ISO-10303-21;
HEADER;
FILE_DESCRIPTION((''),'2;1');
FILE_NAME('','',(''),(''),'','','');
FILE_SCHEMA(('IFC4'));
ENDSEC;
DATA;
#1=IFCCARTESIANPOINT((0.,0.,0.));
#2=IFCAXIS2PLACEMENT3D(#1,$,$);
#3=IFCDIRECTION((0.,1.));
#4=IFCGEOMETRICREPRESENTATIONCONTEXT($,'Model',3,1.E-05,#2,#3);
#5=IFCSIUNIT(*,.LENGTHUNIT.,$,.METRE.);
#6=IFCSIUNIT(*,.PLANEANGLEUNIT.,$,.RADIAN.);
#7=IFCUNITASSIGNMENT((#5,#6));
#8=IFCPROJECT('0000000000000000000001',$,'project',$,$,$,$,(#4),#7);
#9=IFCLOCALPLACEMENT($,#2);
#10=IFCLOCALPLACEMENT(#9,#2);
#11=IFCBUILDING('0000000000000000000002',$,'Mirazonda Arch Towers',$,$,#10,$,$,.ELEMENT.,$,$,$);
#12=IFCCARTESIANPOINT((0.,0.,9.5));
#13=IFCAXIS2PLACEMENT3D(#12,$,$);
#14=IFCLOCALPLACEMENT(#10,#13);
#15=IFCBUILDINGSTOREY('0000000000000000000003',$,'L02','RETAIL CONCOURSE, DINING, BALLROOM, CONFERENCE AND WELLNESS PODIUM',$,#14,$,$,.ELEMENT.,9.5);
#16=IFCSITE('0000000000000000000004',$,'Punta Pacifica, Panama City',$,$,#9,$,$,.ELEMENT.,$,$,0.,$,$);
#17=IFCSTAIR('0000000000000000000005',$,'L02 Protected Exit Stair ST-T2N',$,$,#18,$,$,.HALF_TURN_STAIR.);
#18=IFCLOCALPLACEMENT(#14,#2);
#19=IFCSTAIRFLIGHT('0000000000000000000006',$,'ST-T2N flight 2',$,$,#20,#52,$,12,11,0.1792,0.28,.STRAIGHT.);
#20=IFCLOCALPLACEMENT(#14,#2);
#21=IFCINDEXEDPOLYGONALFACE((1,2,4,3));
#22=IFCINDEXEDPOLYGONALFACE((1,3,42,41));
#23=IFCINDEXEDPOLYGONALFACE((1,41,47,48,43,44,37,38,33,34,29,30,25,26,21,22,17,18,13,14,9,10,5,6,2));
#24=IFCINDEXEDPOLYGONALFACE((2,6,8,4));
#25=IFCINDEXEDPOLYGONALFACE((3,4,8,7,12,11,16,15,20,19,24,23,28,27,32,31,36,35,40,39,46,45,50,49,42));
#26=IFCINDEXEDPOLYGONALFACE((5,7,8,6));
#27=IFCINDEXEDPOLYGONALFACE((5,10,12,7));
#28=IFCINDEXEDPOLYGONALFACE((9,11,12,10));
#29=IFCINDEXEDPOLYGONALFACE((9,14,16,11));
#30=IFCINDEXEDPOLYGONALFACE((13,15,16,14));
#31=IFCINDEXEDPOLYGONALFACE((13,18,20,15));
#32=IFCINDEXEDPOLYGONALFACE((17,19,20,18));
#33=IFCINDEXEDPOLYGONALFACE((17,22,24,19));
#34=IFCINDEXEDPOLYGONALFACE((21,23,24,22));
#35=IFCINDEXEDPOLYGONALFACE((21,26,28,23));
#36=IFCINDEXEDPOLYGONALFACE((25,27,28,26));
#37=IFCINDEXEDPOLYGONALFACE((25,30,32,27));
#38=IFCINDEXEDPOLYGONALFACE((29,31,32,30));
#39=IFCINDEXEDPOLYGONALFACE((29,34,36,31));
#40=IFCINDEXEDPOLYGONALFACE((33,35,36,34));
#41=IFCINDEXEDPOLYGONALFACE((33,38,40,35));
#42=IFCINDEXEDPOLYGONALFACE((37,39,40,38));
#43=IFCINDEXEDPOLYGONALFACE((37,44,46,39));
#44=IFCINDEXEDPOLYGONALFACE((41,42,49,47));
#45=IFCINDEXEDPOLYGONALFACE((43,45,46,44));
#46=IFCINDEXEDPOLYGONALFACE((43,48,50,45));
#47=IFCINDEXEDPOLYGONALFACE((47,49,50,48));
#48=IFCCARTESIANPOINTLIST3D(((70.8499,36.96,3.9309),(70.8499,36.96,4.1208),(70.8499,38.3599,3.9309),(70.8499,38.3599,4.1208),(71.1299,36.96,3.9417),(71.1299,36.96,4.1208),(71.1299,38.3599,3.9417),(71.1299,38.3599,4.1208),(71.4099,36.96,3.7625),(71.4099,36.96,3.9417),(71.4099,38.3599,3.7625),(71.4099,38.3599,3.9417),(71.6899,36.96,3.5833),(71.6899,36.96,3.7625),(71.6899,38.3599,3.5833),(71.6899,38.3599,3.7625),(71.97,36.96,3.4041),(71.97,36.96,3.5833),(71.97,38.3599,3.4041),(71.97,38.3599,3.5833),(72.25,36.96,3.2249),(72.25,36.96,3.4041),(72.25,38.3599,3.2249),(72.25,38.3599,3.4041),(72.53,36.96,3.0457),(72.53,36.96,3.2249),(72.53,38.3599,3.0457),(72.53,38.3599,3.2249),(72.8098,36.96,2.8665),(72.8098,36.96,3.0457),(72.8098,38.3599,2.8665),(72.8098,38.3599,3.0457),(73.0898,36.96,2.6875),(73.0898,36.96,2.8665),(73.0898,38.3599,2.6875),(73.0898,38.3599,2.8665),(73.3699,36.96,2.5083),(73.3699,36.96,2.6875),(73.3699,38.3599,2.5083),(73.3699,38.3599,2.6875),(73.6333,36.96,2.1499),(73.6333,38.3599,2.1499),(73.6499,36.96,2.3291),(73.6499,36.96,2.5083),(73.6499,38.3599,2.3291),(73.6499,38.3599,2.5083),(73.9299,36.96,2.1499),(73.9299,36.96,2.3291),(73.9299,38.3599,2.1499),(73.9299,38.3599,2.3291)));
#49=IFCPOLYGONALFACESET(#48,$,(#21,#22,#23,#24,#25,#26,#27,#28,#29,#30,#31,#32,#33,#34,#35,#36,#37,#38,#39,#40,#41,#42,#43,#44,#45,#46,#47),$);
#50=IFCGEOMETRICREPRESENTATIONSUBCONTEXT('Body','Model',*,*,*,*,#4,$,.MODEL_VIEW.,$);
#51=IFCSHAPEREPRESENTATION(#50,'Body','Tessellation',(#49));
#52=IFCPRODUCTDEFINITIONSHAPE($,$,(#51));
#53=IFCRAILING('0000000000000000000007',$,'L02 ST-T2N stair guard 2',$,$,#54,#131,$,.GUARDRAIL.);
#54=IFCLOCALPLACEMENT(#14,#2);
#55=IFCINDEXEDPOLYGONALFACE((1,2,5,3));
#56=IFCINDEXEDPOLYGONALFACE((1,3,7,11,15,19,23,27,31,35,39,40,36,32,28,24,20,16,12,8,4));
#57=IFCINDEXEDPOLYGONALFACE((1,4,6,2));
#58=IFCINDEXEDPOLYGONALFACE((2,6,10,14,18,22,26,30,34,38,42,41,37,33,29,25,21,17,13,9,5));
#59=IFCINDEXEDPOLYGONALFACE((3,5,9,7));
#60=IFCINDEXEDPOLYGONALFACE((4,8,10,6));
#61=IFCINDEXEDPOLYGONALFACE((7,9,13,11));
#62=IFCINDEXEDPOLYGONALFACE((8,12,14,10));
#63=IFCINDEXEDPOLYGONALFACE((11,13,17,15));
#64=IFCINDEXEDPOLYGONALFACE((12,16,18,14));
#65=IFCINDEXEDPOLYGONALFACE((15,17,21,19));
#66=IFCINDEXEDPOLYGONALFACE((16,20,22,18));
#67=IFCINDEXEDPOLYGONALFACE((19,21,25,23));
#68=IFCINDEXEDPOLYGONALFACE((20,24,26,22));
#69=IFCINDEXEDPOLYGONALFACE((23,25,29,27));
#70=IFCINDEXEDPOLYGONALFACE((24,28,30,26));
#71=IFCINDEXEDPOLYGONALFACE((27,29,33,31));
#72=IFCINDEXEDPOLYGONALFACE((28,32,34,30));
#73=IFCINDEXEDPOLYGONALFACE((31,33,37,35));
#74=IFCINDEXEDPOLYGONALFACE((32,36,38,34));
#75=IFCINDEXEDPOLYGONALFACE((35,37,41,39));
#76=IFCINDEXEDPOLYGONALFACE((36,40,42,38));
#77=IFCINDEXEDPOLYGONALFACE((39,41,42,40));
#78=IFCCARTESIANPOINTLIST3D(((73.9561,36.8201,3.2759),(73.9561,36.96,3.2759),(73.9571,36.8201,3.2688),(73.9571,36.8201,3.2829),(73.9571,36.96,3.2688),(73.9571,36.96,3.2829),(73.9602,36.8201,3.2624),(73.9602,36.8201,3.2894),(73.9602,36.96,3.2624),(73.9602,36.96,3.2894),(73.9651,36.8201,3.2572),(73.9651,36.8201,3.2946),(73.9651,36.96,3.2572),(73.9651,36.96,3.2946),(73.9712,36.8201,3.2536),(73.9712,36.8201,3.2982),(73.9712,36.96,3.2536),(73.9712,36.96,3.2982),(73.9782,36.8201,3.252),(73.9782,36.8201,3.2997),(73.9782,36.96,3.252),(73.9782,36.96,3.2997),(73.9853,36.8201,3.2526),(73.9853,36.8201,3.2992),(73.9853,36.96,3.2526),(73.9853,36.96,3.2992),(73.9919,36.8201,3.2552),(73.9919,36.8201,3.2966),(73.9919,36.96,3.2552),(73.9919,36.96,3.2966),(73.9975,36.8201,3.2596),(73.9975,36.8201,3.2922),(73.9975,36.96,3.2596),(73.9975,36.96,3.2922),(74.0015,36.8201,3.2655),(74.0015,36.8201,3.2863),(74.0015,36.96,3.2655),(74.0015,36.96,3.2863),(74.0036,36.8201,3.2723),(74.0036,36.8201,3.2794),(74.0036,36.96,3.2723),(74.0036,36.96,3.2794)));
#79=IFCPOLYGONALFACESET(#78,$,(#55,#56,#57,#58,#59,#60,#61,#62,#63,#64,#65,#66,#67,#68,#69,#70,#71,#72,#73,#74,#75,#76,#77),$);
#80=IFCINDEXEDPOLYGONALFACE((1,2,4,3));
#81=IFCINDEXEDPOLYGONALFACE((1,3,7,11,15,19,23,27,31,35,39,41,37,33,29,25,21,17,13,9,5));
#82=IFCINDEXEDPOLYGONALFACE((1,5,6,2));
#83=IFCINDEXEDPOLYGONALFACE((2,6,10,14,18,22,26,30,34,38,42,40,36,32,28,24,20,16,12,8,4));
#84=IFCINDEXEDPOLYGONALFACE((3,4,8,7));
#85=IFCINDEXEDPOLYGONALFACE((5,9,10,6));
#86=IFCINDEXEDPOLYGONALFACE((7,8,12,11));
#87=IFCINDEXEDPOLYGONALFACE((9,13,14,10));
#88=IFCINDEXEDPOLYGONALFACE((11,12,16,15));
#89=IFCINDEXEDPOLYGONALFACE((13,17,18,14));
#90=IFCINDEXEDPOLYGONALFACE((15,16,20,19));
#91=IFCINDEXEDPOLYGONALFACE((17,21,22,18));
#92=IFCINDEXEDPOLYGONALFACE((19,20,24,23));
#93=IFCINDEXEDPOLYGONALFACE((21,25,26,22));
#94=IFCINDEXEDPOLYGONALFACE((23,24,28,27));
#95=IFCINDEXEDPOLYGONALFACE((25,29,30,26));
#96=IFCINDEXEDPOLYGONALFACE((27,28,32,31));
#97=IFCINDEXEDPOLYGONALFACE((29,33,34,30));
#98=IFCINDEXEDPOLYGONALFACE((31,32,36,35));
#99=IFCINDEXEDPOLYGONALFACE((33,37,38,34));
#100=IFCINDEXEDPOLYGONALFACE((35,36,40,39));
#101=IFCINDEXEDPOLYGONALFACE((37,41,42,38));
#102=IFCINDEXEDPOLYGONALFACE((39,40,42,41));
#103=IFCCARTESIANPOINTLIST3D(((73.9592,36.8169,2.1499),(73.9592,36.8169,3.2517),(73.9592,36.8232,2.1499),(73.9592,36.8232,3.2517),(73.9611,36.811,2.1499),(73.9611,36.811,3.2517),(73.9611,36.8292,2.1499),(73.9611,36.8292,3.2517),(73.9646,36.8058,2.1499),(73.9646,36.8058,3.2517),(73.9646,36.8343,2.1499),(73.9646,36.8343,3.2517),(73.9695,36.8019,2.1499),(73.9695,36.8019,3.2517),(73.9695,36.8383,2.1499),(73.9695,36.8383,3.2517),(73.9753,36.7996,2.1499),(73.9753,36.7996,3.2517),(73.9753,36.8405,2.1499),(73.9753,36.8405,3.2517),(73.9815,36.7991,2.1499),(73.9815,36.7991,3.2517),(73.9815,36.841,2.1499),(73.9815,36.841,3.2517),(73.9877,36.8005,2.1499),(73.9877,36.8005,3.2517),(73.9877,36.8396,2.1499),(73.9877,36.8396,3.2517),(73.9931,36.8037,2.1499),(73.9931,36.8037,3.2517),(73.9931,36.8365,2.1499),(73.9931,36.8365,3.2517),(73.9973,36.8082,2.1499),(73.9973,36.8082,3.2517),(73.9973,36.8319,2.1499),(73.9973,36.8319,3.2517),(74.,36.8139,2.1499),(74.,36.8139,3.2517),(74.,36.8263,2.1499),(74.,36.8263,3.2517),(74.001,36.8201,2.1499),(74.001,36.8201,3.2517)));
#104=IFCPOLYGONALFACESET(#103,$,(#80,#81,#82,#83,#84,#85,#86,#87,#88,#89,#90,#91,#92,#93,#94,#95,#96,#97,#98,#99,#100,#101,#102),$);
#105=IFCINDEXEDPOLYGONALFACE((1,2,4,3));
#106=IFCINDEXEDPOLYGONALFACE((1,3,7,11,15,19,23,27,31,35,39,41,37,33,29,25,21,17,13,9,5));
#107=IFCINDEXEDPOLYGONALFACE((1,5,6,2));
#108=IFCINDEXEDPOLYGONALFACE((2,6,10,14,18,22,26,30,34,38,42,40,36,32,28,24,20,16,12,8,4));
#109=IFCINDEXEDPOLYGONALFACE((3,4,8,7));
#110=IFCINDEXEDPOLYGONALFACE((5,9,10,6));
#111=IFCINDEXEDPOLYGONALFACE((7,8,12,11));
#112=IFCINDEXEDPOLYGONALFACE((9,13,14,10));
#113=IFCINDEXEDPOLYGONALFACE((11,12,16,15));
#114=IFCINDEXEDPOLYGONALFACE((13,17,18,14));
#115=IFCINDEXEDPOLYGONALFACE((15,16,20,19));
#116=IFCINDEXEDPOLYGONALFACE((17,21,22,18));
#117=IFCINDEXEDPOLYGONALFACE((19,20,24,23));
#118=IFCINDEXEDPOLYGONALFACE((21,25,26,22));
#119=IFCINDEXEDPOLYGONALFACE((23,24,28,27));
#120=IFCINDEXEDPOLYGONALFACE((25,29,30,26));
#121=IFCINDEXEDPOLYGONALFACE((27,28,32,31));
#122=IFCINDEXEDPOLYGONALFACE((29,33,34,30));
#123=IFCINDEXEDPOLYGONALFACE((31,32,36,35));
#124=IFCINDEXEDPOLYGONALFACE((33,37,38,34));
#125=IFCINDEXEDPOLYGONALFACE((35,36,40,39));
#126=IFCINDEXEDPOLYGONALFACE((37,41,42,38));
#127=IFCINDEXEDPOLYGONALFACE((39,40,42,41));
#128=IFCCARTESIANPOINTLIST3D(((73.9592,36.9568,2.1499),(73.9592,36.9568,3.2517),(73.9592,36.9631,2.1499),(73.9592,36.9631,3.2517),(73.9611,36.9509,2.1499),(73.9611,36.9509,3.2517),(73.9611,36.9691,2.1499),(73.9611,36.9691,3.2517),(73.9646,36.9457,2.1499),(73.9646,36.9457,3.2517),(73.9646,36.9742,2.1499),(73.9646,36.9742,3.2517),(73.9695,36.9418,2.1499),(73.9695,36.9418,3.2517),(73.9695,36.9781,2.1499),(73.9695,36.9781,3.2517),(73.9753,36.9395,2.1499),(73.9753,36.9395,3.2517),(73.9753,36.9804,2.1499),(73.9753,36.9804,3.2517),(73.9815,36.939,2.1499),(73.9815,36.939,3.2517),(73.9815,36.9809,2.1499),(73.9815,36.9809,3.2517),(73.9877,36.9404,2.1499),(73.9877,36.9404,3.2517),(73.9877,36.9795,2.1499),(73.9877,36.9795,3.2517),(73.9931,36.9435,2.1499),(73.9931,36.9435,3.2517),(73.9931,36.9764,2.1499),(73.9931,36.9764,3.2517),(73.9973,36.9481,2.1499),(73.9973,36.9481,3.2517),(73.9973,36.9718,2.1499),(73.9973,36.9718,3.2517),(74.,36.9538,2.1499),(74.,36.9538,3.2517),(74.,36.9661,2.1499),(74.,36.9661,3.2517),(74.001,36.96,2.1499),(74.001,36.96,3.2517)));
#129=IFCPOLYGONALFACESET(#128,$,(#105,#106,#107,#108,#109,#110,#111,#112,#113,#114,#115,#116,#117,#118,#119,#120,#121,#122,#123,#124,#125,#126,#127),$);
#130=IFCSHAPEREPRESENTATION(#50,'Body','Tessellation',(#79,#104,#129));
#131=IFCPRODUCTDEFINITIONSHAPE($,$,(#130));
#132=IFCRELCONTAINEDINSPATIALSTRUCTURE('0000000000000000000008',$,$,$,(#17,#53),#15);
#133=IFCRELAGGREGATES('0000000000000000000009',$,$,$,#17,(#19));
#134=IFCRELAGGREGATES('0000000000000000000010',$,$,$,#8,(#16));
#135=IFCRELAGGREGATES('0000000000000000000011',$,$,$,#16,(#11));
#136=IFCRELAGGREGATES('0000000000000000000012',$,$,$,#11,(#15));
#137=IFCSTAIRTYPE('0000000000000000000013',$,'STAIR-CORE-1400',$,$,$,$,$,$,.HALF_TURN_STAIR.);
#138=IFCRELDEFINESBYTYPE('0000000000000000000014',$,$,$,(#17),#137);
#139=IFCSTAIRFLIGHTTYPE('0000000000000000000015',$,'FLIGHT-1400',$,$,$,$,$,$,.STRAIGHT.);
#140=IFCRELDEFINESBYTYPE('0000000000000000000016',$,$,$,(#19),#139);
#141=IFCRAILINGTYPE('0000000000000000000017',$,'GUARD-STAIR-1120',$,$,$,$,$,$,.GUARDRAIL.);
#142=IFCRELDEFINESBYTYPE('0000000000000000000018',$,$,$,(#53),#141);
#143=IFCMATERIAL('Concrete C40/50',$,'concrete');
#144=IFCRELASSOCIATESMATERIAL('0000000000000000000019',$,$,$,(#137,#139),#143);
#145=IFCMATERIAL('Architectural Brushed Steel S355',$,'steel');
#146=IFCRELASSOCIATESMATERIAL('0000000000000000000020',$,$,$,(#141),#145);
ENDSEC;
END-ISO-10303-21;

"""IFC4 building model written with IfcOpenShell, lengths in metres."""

from ifc_helpers import new_model, si_unit, direction, frame, origin, origin_2d, place, context, subcontext, project, spatial, polyline, circle, outline, extrude, material, type_object, element, aggregate, save


model = new_model("IFC4")

# Units and contexts
model_context = context("Model", 3, precision=1e-05, world=origin(), true_north=direction((0.0, 1.0)))
body_context = subcontext(model_context, "Body", "Model", "MODEL_VIEW")
ifc_project = project(units=[si_unit("LENGTHUNIT", "METRE"), si_unit("PLANEANGLEUNIT", "RADIAN")], contexts=[model_context])

# Site, building, storey
site_placement = place(None, origin())
site = spatial("IfcSite", under=ifc_project, at=site_placement, Name="Punta Pacifica, Panama City", CompositionType="ELEMENT", RefElevation=0.0)
building_placement = place(site_placement, origin())
building = spatial("IfcBuilding", under=site, at=building_placement, Name="Mirazonda Arch Towers", CompositionType="ELEMENT")
storey_placement = place(building_placement, frame((0.0, 0.0, 9.5)))
storey = spatial("IfcBuildingStorey", under=building, at=storey_placement, Name="L02", Description="RETAIL CONCOURSE, DINING, BALLROOM, CONFERENCE AND WELLNESS PODIUM", CompositionType="ELEMENT", Elevation=9.5)

# Shared definitions
ifc_material_1 = material(Name="Concrete C40/50", Category="concrete")

# Shared definitions
ifc_material_2 = material(Name="Architectural Brushed Steel S355", Category="steel")

# Stair, stair flight
stair_type = type_object("IfcStairType", Name="STAIR-CORE-1400", PredefinedType="HALF_TURN_STAIR", material=ifc_material_1)
stair_placement = place(storey_placement, origin())
stair = element("IfcStair", 1, at=stair_placement, inside=storey, type_object=stair_type, Name="L02 Protected Exit Stair ST-T2N", PredefinedType="HALF_TURN_STAIR")
stair_flight_type = type_object("IfcStairFlightType", Name="FLIGHT-1400", PredefinedType="STRAIGHT", material=ifc_material_1)
stair_flight_placement = place(storey_placement, frame((73.9299, 37.6599, 2.1499), z_axis=(0.0, 0.0, 1.0), x_axis=(-1.0, 0.0, 0.0)))
stair_flight = element("IfcStairFlight", 2, at=stair_flight_placement, type_object=stair_flight_type, Name="ST-T2N flight 2", NumberOfRisers=12, NumberOfTreads=11, PredefinedType="STRAIGHT", RiserHeight=0.1792, TreadLength=0.28, context=body_context, shape_type="SweptSolid", body=[
    extrude(outline(polyline([(0.0, 0.0), (0.0, 0.1792), (0.28, 0.1792), (0.28, 0.3584), (0.5601, 0.3584), (0.5601, 0.5376), (0.8401, 0.5376), (0.8401, 0.7166), (1.1201, 0.7166), (1.1201, 0.8958), (1.3999, 0.8958), (1.3999, 1.075), (1.6799, 1.075), (1.6799, 1.2542), (1.96, 1.2542), (1.96, 1.4333), (2.24, 1.4333), (2.24, 1.6125), (2.52, 1.6125), (2.52, 1.7917), (2.8, 1.7917), (2.8, 1.9709), (3.0801, 1.9709), (3.0801, 2.1499), (3.0801, 1.781), (0.2966, 0.0), (0.0, 0.0)])), frame((0.0, 0.7, 0.0), z_axis=(0.0, -1.0, 0.0), x_axis=(1.0, 0.0, 0.0)), (0.0, 0.0, 1.0), 1.3999),
])
aggregate(stair, [stair_flight])

# Railing
railing_type = type_object("IfcRailingType", Name="GUARD-STAIR-1120", PredefinedType="GUARDRAIL", material=ifc_material_2)
railing_1_placement = place(storey_placement, frame((73.98, 36.8201, 2.1499)))
element("IfcRailing", 3, at=railing_1_placement, inside=storey, type_object=railing_type, Name="L02 ST-T2N stair guard 2", PredefinedType="GUARDRAIL", context=body_context, shape_type="SweptSolid", body=[
    extrude(circle(Radius=0.0239, at=origin_2d()), frame((0.0, 0.0, 1.126), z_axis=(0.0, 1.0, 0.0), x_axis=(-1.0, 0.0, 0.0)), (0.0, 0.0, 1.0), 0.1399),
    extrude(circle(Radius=0.021, at=origin_2d()), origin(), (0.0, 0.0, 1.0), 1.1018),
    extrude(circle(Radius=0.021, at=origin_2d()), frame((0.0, 0.1399, 0.0)), (0.0, 0.0, 1.0), 1.1018),
])

save(model, "model.ifc")
